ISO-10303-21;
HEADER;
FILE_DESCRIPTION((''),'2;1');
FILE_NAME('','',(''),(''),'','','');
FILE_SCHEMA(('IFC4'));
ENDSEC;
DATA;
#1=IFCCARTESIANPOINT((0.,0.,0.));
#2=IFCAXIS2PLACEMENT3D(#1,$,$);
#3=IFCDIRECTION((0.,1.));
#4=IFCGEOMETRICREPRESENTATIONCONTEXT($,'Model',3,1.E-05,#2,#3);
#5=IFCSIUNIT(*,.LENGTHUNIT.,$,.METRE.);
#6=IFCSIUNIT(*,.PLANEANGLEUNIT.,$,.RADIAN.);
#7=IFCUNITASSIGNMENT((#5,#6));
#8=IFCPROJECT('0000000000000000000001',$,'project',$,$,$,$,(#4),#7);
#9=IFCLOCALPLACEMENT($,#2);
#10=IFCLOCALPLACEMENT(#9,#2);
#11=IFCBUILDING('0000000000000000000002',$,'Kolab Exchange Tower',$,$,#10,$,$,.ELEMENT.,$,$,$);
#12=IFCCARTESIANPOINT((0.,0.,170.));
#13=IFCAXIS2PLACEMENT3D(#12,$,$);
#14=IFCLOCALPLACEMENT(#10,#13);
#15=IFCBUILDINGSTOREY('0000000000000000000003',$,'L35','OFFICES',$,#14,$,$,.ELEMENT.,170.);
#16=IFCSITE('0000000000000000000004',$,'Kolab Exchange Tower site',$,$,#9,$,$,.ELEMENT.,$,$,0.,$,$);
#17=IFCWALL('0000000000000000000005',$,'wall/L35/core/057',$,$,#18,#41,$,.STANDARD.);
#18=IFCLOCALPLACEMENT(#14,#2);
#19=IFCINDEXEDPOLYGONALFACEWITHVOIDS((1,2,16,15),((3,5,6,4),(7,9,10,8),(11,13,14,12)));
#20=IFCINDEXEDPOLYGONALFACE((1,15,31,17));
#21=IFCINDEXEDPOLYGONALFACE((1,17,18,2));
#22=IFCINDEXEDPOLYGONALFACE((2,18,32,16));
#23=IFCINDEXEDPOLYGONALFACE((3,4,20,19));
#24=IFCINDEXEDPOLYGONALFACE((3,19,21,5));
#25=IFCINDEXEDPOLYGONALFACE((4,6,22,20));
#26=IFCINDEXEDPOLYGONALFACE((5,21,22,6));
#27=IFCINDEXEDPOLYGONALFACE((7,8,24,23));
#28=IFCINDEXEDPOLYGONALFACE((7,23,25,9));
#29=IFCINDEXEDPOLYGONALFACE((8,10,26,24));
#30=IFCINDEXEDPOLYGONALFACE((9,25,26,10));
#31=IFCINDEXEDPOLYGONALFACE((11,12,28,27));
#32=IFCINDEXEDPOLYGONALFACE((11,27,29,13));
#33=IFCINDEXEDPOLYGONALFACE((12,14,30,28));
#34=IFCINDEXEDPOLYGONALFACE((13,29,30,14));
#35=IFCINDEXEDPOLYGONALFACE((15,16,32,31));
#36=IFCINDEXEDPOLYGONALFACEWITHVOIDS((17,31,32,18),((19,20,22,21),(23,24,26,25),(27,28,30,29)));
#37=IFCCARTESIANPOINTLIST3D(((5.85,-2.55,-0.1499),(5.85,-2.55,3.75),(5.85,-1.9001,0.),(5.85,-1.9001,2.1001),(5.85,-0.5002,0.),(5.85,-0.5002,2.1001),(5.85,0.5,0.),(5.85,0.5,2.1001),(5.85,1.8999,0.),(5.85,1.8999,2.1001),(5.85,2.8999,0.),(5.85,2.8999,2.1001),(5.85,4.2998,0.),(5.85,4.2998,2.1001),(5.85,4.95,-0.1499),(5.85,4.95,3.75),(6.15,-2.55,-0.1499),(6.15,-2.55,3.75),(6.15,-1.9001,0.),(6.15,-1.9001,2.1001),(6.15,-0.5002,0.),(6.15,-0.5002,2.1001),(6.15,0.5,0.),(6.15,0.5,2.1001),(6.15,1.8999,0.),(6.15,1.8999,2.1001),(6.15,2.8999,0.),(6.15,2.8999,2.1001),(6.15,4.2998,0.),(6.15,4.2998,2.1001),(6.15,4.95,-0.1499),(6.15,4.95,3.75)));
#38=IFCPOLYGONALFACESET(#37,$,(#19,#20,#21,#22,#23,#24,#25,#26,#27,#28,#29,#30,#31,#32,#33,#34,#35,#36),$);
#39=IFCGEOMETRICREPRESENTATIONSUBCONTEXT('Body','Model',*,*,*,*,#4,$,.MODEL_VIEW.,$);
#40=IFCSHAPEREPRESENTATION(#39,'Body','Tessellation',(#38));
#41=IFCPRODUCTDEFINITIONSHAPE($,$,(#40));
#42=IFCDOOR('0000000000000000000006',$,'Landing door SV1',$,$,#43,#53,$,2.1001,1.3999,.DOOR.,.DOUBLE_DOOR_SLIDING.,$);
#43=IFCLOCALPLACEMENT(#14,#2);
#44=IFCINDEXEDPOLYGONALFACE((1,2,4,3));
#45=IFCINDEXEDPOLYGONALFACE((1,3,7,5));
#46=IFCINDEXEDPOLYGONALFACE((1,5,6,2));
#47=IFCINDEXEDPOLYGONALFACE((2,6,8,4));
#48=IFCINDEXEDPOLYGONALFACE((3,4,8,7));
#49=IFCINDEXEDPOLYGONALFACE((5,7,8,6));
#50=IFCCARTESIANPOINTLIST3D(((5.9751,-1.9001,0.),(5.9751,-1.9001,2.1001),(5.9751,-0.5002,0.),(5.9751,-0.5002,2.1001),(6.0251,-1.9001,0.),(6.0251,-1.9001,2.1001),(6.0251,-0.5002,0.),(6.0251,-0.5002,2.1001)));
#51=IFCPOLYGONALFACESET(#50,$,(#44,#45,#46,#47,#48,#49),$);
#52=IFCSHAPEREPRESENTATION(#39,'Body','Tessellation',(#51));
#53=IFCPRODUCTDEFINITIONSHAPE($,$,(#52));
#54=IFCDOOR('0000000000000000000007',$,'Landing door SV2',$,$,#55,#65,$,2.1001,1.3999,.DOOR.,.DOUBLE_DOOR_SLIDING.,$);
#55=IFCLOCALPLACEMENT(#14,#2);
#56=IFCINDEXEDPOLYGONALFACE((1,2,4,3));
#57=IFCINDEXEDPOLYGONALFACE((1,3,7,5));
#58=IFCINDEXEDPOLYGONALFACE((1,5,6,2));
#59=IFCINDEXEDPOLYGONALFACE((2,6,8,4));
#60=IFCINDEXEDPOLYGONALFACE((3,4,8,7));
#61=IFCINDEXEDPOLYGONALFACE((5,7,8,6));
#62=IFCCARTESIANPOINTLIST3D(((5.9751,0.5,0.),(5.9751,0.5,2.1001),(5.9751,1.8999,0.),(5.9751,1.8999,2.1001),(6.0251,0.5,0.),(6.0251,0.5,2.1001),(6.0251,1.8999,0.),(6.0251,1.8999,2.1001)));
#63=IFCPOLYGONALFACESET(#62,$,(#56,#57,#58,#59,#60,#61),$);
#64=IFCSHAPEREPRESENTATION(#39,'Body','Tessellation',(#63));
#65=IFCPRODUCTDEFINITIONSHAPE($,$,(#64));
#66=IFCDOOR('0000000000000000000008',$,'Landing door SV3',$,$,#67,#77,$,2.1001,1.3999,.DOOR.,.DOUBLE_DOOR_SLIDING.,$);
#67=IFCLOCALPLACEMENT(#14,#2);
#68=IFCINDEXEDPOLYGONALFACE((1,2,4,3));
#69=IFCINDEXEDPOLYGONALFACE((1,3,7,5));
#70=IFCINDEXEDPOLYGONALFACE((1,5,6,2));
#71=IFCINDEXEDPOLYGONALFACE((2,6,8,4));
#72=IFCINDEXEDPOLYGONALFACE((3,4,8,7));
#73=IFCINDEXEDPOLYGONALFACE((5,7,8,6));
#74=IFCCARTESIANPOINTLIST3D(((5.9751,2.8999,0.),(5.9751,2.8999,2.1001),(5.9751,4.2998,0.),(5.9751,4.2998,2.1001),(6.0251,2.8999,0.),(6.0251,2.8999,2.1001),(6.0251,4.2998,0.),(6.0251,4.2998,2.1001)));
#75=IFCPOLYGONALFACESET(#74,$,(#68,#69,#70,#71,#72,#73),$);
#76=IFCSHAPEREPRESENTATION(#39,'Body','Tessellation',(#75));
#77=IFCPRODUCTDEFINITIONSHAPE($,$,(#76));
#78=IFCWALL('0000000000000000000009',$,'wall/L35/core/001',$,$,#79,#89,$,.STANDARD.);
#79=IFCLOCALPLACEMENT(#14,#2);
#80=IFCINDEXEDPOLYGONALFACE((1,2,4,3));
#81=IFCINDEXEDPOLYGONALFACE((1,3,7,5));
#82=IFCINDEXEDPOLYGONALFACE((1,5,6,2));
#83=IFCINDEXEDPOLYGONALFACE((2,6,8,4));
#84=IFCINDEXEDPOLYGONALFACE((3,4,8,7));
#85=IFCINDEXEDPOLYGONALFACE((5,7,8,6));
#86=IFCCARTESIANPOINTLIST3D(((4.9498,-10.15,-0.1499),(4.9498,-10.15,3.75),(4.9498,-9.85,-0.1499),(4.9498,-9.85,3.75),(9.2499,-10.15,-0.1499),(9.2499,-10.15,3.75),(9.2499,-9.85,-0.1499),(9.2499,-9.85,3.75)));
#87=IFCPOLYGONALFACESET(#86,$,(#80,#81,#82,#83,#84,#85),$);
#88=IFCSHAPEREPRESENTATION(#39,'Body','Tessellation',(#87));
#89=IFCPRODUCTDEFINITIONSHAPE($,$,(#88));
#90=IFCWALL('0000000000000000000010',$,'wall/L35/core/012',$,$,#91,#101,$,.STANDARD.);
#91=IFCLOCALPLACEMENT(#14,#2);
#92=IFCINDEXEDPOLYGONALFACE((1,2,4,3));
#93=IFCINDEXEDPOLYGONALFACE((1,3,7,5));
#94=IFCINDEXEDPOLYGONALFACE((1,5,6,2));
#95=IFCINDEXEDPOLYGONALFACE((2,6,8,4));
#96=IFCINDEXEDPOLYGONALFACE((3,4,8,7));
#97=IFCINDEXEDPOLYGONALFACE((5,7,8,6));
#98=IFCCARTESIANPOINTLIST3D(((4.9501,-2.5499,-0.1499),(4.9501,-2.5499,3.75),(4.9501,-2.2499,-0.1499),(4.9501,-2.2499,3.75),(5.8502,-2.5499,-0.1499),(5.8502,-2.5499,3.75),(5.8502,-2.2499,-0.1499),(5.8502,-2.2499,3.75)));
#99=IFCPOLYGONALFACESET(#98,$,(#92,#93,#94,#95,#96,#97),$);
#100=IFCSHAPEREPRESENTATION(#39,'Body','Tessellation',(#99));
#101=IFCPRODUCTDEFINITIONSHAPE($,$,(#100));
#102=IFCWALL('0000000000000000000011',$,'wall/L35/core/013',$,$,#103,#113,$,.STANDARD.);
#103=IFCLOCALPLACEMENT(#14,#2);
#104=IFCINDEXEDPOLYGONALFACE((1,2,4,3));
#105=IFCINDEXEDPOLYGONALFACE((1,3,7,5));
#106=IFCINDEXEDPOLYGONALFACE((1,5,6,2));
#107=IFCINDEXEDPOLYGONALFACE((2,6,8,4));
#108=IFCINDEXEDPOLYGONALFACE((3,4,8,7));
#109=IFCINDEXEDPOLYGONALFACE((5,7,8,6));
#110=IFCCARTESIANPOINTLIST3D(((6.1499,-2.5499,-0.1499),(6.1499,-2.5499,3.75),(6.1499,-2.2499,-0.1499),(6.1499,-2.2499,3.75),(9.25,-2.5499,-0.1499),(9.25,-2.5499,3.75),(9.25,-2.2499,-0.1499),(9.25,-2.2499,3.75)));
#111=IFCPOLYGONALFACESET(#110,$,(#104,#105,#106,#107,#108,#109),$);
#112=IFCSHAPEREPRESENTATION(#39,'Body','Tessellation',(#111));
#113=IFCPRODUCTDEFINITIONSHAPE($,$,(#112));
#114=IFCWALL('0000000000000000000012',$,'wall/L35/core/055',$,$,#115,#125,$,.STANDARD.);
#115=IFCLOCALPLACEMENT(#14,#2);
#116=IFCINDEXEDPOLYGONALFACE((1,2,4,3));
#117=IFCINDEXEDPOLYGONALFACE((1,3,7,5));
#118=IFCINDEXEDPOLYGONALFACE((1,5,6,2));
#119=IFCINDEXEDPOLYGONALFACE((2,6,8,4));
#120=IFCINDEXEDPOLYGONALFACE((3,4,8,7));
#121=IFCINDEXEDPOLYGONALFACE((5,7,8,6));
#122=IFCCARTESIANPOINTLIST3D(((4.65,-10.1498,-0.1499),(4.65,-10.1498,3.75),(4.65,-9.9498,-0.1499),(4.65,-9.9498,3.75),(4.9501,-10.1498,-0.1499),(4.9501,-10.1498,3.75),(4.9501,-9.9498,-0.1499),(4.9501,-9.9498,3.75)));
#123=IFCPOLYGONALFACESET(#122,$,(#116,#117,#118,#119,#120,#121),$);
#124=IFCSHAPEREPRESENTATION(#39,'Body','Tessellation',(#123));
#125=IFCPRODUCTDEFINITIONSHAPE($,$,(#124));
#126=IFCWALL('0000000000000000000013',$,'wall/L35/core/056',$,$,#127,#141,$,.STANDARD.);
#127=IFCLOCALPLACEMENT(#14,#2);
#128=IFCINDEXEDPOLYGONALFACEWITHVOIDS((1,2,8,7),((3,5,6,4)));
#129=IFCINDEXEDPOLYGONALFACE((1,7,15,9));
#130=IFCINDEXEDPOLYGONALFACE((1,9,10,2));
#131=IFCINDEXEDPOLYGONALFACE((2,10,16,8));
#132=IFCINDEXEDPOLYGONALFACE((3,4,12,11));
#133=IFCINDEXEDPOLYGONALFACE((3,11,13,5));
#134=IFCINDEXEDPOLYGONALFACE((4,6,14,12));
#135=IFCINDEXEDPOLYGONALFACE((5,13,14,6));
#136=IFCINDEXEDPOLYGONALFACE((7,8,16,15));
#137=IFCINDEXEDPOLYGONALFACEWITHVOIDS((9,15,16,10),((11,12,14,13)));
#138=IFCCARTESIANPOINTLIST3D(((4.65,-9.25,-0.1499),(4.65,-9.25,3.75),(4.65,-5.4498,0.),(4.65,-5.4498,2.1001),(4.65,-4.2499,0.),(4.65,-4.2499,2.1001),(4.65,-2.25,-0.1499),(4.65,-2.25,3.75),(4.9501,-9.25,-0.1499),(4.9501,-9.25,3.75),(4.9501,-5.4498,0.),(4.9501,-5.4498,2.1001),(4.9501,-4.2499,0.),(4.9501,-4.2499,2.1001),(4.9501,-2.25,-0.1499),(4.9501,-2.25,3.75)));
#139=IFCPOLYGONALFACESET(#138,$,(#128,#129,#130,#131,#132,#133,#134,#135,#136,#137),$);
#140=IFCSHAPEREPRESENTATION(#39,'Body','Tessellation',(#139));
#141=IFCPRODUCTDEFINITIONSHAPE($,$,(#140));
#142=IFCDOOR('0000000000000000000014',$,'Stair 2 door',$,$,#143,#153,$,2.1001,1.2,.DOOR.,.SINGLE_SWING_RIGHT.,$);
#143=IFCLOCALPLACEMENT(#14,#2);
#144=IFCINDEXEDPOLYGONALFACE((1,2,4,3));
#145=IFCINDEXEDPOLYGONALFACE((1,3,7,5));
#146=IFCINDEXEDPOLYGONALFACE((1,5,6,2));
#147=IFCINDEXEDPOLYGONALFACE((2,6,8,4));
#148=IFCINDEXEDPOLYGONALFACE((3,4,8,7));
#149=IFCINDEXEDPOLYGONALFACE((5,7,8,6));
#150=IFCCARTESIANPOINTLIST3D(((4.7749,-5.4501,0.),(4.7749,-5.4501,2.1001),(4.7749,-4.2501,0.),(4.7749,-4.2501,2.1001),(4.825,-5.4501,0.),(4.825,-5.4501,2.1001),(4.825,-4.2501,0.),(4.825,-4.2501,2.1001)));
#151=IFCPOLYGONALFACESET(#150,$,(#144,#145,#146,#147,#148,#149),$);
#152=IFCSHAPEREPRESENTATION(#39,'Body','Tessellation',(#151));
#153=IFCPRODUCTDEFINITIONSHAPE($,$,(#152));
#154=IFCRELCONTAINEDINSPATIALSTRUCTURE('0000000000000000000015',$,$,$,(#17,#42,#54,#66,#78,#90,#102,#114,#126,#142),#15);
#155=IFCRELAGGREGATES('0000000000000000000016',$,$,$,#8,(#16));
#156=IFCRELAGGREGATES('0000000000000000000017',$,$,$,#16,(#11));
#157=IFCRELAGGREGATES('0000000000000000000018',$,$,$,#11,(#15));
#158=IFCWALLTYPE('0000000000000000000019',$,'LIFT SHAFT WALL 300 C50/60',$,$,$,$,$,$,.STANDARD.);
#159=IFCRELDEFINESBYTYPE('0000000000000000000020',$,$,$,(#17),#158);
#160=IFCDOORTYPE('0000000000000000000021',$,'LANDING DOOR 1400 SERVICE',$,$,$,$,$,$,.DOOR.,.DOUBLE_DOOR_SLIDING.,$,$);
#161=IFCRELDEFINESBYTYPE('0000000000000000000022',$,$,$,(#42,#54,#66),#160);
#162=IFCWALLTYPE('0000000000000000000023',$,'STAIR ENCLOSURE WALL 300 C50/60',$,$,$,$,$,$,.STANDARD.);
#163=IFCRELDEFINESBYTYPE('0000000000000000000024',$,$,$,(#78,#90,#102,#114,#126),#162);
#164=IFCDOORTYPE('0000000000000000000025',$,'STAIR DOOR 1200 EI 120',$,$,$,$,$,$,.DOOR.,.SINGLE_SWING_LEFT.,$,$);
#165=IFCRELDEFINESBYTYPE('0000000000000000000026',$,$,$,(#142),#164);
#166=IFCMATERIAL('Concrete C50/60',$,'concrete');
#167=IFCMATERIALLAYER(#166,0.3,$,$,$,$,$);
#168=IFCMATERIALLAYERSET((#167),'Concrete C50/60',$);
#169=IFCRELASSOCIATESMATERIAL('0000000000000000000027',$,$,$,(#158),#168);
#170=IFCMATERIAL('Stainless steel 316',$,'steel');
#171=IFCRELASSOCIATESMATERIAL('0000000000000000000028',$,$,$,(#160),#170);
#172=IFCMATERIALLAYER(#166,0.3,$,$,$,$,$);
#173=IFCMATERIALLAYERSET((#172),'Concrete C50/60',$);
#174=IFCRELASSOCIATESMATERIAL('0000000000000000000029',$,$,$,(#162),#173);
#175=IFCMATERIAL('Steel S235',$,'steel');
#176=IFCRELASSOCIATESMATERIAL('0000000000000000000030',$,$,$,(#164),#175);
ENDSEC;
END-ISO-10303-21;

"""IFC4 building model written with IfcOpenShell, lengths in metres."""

from ifc_helpers import new_model, si_unit, direction, frame, frame_2d, origin, place, context, subcontext, project, spatial, rectangle, extrude, material, layer, layer_set, type_object, element, fill, save


model = new_model("IFC4")

# Units and contexts
model_context = context("Model", 3, precision=1e-05, world=origin(), true_north=direction((0.0, 1.0)))
body_context = subcontext(model_context, "Body", "Model", "MODEL_VIEW")
ifc_project = project(units=[si_unit("LENGTHUNIT", "METRE"), si_unit("PLANEANGLEUNIT", "RADIAN")], contexts=[model_context])

# Site, building, storey
site_placement = place(None, origin())
site = spatial("IfcSite", under=ifc_project, at=site_placement, Name="Kolab Exchange Tower site", CompositionType="ELEMENT", RefElevation=0.0)
building_placement = place(site_placement, origin())
building = spatial("IfcBuilding", under=site, at=building_placement, Name="Kolab Exchange Tower", CompositionType="ELEMENT")
storey_placement = place(building_placement, frame((0.0, 0.0, 170.0)))
storey = spatial("IfcBuildingStorey", under=building, at=storey_placement, Name="L35", Description="OFFICES", CompositionType="ELEMENT", Elevation=170.0)

# Shared definitions
ifc_material_1 = material(Name="Concrete C50/60", Category="concrete")
ifc_layer_1 = layer(ifc_material_1, 0.3)
ifc_layer_set_1 = layer_set([ifc_layer_1], Name="Concrete C50/60")
wall_type_1 = type_object("IfcWallType", Name="LIFT SHAFT WALL 300 C50/60", PredefinedType="STANDARD", material=ifc_layer_set_1)
ifc_material_2 = material(Name="Stainless steel 316", Category="steel")

# Wall, openings, doors
wall_1_placement = place(storey_placement, frame((6.0, -2.55, -0.1499), z_axis=(0.0, 0.0, 1.0), x_axis=(0.0, 1.0, 0.0)))
wall_1 = element("IfcWall", 1, at=wall_1_placement, inside=storey, type_object=wall_type_1, Name="wall/L35/core/057", PredefinedType="STANDARD", context=body_context, shape_type="SweptSolid", body=[
    extrude(rectangle(XDim=7.5, YDim=0.3, at=frame_2d((3.75, 0.0))), origin(), (0.0, 0.0, 1.0), 3.8999),
])
opening_1_placement = place(wall_1_placement, frame((0.6499, 0.0, 0.1499)))
opening_1 = element("IfcOpeningElement", 2, at=opening_1_placement, cuts=wall_1, PredefinedType="OPENING", context=body_context, shape_type="SweptSolid", body=[
    extrude(rectangle(XDim=1.3999, YDim=2.1001, at=frame_2d((0.7, 1.05))), frame((0.0, 0.1602, 0.0), z_axis=(0.0, -1.0, 0.0), x_axis=(1.0, 0.0, 0.0)), (0.0, 0.0, 1.0), 0.3201),
])
opening_2_placement = place(wall_1_placement, frame((3.05, 0.0, 0.1499)))
opening_2 = element("IfcOpeningElement", 3, at=opening_2_placement, cuts=wall_1, PredefinedType="OPENING", context=body_context, shape_type="SweptSolid", body=[
    extrude(rectangle(XDim=1.3999, YDim=2.1001, at=frame_2d((0.7, 1.05))), frame((0.0, 0.1602, 0.0), z_axis=(0.0, -1.0, 0.0), x_axis=(1.0, 0.0, 0.0)), (0.0, 0.0, 1.0), 0.3201),
])
opening_3_placement = place(wall_1_placement, frame((5.45, 0.0, 0.1499)))
opening_3 = element("IfcOpeningElement", 4, at=opening_3_placement, cuts=wall_1, PredefinedType="OPENING", context=body_context, shape_type="SweptSolid", body=[
    extrude(rectangle(XDim=1.3999, YDim=2.1001, at=frame_2d((0.7, 1.05))), frame((0.0, 0.1602, 0.0), z_axis=(0.0, -1.0, 0.0), x_axis=(1.0, 0.0, 0.0)), (0.0, 0.0, 1.0), 0.3201),
])
door_type_1 = type_object("IfcDoorType", Name="LANDING DOOR 1400 SERVICE", OperationType="DOUBLE_DOOR_SLIDING", PredefinedType="DOOR", material=ifc_material_2)
door_1_placement = place(opening_1_placement, origin())
door_1 = element("IfcDoor", 5, at=door_1_placement, inside=storey, type_object=door_type_1, Name="Landing door SV1", OperationType="DOUBLE_DOOR_SLIDING", OverallHeight=2.1001, OverallWidth=1.3999, PredefinedType="DOOR", context=body_context, shape_type="SweptSolid", body=[
    extrude(rectangle(XDim=1.3999, YDim=2.1001, at=frame_2d((0.7, 1.05))), frame((0.0, 0.0249, 0.0), z_axis=(0.0, -1.0, 0.0), x_axis=(1.0, 0.0, 0.0)), (0.0, 0.0, 1.0), 0.05),
])
fill(opening_1, door_1)
door_2_placement = place(opening_2_placement, origin())
door_2 = element("IfcDoor", 6, at=door_2_placement, inside=storey, type_object=door_type_1, Name="Landing door SV2", OperationType="DOUBLE_DOOR_SLIDING", OverallHeight=2.1001, OverallWidth=1.3999, PredefinedType="DOOR", context=body_context, shape_type="SweptSolid", body=[
    extrude(rectangle(XDim=1.3999, YDim=2.1001, at=frame_2d((0.7, 1.05))), frame((0.0, 0.0249, 0.0), z_axis=(0.0, -1.0, 0.0), x_axis=(1.0, 0.0, 0.0)), (0.0, 0.0, 1.0), 0.05),
])
fill(opening_2, door_2)
door_3_placement = place(opening_3_placement, origin())
door_3 = element("IfcDoor", 7, at=door_3_placement, inside=storey, type_object=door_type_1, Name="Landing door SV3", OperationType="DOUBLE_DOOR_SLIDING", OverallHeight=2.1001, OverallWidth=1.3999, PredefinedType="DOOR", context=body_context, shape_type="SweptSolid", body=[
    extrude(rectangle(XDim=1.3999, YDim=2.1001, at=frame_2d((0.7, 1.05))), frame((0.0, 0.0249, 0.0), z_axis=(0.0, -1.0, 0.0), x_axis=(1.0, 0.0, 0.0)), (0.0, 0.0, 1.0), 0.05),
])
fill(opening_3, door_3)

# Walls
ifc_layer_2 = layer(ifc_material_1, 0.3)
ifc_layer_set_2 = layer_set([ifc_layer_2], Name="Concrete C50/60")
wall_type_2 = type_object("IfcWallType", Name="STAIR ENCLOSURE WALL 300 C50/60", PredefinedType="STANDARD", material=ifc_layer_set_2)
wall_2_placement = place(storey_placement, frame((4.95, -10.0, -0.1499), z_axis=(0.0, 0.0, 1.0), x_axis=(1.0, 0.0, 0.0)))
element("IfcWall", 8, at=wall_2_placement, inside=storey, type_object=wall_type_2, Name="wall/L35/core/001", PredefinedType="STANDARD", context=body_context, shape_type="SweptSolid", body=[
    extrude(rectangle(XDim=4.3, YDim=0.3, at=frame_2d((2.1499, 0.0))), origin(), (0.0, 0.0, 1.0), 3.8999),
])
wall_3_placement = place(storey_placement, frame((4.95, -2.3999, -0.1499), z_axis=(0.0, 0.0, 1.0), x_axis=(1.0, 0.0, 0.0)))
element("IfcWall", 9, at=wall_3_placement, inside=storey, type_object=wall_type_2, Name="wall/L35/core/012", PredefinedType="STANDARD", context=body_context, shape_type="SweptSolid", body=[
    extrude(rectangle(XDim=0.9001, YDim=0.3, at=frame_2d((0.4502, 0.0))), origin(), (0.0, 0.0, 1.0), 3.8999),
])
wall_4_placement = place(storey_placement, frame((6.1499, -2.3999, -0.1499), z_axis=(0.0, 0.0, 1.0), x_axis=(1.0, 0.0, 0.0)))
element("IfcWall", 10, at=wall_4_placement, inside=storey, type_object=wall_type_2, Name="wall/L35/core/013", PredefinedType="STANDARD", context=body_context, shape_type="SweptSolid", body=[
    extrude(rectangle(XDim=3.1001, YDim=0.3, at=frame_2d((1.55, 0.0))), origin(), (0.0, 0.0, 1.0), 3.8999),
])
wall_5_placement = place(storey_placement, frame((4.8, -10.1499, -0.1499), z_axis=(0.0, 0.0, 1.0), x_axis=(0.0, 1.0, 0.0)))
element("IfcWall", 11, at=wall_5_placement, inside=storey, type_object=wall_type_2, Name="wall/L35/core/055", PredefinedType="STANDARD", context=body_context, shape_type="SweptSolid", body=[
    extrude(rectangle(XDim=0.2, YDim=0.3, at=frame_2d((0.1001, 0.0))), origin(), (0.0, 0.0, 1.0), 3.8999),
])

# Wall, opening, door
wall_6_placement = place(storey_placement, frame((4.8, -9.25, -0.1499), z_axis=(0.0, 0.0, 1.0), x_axis=(0.0, 1.0, 0.0)))
wall_6 = element("IfcWall", 12, at=wall_6_placement, inside=storey, type_object=wall_type_2, Name="wall/L35/core/056", PredefinedType="STANDARD", context=body_context, shape_type="SweptSolid", body=[
    extrude(rectangle(XDim=7.0, YDim=0.3, at=frame_2d((3.5, 0.0))), origin(), (0.0, 0.0, 1.0), 3.8999),
])
opening_4_placement = place(wall_6_placement, frame((3.8, 0.0, 0.1499)))
opening_4 = element("IfcOpeningElement", 13, at=opening_4_placement, cuts=wall_6, PredefinedType="OPENING", context=body_context, shape_type="SweptSolid", body=[
    extrude(rectangle(XDim=1.2, YDim=2.1001, at=frame_2d((0.6001, 1.05))), frame((0.0, 0.1602, 0.0), z_axis=(0.0, -1.0, 0.0), x_axis=(1.0, 0.0, 0.0)), (0.0, 0.0, 1.0), 0.3201),
])
ifc_material_3 = material(Name="Steel S235", Category="steel")
door_type_2 = type_object("IfcDoorType", Name="STAIR DOOR 1200 EI 120", OperationType="SINGLE_SWING_LEFT", PredefinedType="DOOR", material=ifc_material_3)
door_4_placement = place(opening_4_placement, frame((1.2, 0.0, 0.0), z_axis=(0.0, 0.0, 1.0), x_axis=(-1.0, 0.0, 0.0)))
door_4 = element("IfcDoor", 14, at=door_4_placement, inside=storey, type_object=door_type_2, Name="Stair 2 door", OperationType="SINGLE_SWING_RIGHT", OverallHeight=2.1001, OverallWidth=1.2, PredefinedType="DOOR", context=body_context, shape_type="SweptSolid", body=[
    extrude(rectangle(XDim=1.2, YDim=2.1001, at=frame_2d((0.6001, 1.05))), frame((0.0, 0.0249, 0.0), z_axis=(0.0, -1.0, 0.0), x_axis=(1.0, 0.0, 0.0)), (0.0, 0.0, 1.0), 0.05),
])
fill(opening_4, door_4)

save(model, "model.ifc")
